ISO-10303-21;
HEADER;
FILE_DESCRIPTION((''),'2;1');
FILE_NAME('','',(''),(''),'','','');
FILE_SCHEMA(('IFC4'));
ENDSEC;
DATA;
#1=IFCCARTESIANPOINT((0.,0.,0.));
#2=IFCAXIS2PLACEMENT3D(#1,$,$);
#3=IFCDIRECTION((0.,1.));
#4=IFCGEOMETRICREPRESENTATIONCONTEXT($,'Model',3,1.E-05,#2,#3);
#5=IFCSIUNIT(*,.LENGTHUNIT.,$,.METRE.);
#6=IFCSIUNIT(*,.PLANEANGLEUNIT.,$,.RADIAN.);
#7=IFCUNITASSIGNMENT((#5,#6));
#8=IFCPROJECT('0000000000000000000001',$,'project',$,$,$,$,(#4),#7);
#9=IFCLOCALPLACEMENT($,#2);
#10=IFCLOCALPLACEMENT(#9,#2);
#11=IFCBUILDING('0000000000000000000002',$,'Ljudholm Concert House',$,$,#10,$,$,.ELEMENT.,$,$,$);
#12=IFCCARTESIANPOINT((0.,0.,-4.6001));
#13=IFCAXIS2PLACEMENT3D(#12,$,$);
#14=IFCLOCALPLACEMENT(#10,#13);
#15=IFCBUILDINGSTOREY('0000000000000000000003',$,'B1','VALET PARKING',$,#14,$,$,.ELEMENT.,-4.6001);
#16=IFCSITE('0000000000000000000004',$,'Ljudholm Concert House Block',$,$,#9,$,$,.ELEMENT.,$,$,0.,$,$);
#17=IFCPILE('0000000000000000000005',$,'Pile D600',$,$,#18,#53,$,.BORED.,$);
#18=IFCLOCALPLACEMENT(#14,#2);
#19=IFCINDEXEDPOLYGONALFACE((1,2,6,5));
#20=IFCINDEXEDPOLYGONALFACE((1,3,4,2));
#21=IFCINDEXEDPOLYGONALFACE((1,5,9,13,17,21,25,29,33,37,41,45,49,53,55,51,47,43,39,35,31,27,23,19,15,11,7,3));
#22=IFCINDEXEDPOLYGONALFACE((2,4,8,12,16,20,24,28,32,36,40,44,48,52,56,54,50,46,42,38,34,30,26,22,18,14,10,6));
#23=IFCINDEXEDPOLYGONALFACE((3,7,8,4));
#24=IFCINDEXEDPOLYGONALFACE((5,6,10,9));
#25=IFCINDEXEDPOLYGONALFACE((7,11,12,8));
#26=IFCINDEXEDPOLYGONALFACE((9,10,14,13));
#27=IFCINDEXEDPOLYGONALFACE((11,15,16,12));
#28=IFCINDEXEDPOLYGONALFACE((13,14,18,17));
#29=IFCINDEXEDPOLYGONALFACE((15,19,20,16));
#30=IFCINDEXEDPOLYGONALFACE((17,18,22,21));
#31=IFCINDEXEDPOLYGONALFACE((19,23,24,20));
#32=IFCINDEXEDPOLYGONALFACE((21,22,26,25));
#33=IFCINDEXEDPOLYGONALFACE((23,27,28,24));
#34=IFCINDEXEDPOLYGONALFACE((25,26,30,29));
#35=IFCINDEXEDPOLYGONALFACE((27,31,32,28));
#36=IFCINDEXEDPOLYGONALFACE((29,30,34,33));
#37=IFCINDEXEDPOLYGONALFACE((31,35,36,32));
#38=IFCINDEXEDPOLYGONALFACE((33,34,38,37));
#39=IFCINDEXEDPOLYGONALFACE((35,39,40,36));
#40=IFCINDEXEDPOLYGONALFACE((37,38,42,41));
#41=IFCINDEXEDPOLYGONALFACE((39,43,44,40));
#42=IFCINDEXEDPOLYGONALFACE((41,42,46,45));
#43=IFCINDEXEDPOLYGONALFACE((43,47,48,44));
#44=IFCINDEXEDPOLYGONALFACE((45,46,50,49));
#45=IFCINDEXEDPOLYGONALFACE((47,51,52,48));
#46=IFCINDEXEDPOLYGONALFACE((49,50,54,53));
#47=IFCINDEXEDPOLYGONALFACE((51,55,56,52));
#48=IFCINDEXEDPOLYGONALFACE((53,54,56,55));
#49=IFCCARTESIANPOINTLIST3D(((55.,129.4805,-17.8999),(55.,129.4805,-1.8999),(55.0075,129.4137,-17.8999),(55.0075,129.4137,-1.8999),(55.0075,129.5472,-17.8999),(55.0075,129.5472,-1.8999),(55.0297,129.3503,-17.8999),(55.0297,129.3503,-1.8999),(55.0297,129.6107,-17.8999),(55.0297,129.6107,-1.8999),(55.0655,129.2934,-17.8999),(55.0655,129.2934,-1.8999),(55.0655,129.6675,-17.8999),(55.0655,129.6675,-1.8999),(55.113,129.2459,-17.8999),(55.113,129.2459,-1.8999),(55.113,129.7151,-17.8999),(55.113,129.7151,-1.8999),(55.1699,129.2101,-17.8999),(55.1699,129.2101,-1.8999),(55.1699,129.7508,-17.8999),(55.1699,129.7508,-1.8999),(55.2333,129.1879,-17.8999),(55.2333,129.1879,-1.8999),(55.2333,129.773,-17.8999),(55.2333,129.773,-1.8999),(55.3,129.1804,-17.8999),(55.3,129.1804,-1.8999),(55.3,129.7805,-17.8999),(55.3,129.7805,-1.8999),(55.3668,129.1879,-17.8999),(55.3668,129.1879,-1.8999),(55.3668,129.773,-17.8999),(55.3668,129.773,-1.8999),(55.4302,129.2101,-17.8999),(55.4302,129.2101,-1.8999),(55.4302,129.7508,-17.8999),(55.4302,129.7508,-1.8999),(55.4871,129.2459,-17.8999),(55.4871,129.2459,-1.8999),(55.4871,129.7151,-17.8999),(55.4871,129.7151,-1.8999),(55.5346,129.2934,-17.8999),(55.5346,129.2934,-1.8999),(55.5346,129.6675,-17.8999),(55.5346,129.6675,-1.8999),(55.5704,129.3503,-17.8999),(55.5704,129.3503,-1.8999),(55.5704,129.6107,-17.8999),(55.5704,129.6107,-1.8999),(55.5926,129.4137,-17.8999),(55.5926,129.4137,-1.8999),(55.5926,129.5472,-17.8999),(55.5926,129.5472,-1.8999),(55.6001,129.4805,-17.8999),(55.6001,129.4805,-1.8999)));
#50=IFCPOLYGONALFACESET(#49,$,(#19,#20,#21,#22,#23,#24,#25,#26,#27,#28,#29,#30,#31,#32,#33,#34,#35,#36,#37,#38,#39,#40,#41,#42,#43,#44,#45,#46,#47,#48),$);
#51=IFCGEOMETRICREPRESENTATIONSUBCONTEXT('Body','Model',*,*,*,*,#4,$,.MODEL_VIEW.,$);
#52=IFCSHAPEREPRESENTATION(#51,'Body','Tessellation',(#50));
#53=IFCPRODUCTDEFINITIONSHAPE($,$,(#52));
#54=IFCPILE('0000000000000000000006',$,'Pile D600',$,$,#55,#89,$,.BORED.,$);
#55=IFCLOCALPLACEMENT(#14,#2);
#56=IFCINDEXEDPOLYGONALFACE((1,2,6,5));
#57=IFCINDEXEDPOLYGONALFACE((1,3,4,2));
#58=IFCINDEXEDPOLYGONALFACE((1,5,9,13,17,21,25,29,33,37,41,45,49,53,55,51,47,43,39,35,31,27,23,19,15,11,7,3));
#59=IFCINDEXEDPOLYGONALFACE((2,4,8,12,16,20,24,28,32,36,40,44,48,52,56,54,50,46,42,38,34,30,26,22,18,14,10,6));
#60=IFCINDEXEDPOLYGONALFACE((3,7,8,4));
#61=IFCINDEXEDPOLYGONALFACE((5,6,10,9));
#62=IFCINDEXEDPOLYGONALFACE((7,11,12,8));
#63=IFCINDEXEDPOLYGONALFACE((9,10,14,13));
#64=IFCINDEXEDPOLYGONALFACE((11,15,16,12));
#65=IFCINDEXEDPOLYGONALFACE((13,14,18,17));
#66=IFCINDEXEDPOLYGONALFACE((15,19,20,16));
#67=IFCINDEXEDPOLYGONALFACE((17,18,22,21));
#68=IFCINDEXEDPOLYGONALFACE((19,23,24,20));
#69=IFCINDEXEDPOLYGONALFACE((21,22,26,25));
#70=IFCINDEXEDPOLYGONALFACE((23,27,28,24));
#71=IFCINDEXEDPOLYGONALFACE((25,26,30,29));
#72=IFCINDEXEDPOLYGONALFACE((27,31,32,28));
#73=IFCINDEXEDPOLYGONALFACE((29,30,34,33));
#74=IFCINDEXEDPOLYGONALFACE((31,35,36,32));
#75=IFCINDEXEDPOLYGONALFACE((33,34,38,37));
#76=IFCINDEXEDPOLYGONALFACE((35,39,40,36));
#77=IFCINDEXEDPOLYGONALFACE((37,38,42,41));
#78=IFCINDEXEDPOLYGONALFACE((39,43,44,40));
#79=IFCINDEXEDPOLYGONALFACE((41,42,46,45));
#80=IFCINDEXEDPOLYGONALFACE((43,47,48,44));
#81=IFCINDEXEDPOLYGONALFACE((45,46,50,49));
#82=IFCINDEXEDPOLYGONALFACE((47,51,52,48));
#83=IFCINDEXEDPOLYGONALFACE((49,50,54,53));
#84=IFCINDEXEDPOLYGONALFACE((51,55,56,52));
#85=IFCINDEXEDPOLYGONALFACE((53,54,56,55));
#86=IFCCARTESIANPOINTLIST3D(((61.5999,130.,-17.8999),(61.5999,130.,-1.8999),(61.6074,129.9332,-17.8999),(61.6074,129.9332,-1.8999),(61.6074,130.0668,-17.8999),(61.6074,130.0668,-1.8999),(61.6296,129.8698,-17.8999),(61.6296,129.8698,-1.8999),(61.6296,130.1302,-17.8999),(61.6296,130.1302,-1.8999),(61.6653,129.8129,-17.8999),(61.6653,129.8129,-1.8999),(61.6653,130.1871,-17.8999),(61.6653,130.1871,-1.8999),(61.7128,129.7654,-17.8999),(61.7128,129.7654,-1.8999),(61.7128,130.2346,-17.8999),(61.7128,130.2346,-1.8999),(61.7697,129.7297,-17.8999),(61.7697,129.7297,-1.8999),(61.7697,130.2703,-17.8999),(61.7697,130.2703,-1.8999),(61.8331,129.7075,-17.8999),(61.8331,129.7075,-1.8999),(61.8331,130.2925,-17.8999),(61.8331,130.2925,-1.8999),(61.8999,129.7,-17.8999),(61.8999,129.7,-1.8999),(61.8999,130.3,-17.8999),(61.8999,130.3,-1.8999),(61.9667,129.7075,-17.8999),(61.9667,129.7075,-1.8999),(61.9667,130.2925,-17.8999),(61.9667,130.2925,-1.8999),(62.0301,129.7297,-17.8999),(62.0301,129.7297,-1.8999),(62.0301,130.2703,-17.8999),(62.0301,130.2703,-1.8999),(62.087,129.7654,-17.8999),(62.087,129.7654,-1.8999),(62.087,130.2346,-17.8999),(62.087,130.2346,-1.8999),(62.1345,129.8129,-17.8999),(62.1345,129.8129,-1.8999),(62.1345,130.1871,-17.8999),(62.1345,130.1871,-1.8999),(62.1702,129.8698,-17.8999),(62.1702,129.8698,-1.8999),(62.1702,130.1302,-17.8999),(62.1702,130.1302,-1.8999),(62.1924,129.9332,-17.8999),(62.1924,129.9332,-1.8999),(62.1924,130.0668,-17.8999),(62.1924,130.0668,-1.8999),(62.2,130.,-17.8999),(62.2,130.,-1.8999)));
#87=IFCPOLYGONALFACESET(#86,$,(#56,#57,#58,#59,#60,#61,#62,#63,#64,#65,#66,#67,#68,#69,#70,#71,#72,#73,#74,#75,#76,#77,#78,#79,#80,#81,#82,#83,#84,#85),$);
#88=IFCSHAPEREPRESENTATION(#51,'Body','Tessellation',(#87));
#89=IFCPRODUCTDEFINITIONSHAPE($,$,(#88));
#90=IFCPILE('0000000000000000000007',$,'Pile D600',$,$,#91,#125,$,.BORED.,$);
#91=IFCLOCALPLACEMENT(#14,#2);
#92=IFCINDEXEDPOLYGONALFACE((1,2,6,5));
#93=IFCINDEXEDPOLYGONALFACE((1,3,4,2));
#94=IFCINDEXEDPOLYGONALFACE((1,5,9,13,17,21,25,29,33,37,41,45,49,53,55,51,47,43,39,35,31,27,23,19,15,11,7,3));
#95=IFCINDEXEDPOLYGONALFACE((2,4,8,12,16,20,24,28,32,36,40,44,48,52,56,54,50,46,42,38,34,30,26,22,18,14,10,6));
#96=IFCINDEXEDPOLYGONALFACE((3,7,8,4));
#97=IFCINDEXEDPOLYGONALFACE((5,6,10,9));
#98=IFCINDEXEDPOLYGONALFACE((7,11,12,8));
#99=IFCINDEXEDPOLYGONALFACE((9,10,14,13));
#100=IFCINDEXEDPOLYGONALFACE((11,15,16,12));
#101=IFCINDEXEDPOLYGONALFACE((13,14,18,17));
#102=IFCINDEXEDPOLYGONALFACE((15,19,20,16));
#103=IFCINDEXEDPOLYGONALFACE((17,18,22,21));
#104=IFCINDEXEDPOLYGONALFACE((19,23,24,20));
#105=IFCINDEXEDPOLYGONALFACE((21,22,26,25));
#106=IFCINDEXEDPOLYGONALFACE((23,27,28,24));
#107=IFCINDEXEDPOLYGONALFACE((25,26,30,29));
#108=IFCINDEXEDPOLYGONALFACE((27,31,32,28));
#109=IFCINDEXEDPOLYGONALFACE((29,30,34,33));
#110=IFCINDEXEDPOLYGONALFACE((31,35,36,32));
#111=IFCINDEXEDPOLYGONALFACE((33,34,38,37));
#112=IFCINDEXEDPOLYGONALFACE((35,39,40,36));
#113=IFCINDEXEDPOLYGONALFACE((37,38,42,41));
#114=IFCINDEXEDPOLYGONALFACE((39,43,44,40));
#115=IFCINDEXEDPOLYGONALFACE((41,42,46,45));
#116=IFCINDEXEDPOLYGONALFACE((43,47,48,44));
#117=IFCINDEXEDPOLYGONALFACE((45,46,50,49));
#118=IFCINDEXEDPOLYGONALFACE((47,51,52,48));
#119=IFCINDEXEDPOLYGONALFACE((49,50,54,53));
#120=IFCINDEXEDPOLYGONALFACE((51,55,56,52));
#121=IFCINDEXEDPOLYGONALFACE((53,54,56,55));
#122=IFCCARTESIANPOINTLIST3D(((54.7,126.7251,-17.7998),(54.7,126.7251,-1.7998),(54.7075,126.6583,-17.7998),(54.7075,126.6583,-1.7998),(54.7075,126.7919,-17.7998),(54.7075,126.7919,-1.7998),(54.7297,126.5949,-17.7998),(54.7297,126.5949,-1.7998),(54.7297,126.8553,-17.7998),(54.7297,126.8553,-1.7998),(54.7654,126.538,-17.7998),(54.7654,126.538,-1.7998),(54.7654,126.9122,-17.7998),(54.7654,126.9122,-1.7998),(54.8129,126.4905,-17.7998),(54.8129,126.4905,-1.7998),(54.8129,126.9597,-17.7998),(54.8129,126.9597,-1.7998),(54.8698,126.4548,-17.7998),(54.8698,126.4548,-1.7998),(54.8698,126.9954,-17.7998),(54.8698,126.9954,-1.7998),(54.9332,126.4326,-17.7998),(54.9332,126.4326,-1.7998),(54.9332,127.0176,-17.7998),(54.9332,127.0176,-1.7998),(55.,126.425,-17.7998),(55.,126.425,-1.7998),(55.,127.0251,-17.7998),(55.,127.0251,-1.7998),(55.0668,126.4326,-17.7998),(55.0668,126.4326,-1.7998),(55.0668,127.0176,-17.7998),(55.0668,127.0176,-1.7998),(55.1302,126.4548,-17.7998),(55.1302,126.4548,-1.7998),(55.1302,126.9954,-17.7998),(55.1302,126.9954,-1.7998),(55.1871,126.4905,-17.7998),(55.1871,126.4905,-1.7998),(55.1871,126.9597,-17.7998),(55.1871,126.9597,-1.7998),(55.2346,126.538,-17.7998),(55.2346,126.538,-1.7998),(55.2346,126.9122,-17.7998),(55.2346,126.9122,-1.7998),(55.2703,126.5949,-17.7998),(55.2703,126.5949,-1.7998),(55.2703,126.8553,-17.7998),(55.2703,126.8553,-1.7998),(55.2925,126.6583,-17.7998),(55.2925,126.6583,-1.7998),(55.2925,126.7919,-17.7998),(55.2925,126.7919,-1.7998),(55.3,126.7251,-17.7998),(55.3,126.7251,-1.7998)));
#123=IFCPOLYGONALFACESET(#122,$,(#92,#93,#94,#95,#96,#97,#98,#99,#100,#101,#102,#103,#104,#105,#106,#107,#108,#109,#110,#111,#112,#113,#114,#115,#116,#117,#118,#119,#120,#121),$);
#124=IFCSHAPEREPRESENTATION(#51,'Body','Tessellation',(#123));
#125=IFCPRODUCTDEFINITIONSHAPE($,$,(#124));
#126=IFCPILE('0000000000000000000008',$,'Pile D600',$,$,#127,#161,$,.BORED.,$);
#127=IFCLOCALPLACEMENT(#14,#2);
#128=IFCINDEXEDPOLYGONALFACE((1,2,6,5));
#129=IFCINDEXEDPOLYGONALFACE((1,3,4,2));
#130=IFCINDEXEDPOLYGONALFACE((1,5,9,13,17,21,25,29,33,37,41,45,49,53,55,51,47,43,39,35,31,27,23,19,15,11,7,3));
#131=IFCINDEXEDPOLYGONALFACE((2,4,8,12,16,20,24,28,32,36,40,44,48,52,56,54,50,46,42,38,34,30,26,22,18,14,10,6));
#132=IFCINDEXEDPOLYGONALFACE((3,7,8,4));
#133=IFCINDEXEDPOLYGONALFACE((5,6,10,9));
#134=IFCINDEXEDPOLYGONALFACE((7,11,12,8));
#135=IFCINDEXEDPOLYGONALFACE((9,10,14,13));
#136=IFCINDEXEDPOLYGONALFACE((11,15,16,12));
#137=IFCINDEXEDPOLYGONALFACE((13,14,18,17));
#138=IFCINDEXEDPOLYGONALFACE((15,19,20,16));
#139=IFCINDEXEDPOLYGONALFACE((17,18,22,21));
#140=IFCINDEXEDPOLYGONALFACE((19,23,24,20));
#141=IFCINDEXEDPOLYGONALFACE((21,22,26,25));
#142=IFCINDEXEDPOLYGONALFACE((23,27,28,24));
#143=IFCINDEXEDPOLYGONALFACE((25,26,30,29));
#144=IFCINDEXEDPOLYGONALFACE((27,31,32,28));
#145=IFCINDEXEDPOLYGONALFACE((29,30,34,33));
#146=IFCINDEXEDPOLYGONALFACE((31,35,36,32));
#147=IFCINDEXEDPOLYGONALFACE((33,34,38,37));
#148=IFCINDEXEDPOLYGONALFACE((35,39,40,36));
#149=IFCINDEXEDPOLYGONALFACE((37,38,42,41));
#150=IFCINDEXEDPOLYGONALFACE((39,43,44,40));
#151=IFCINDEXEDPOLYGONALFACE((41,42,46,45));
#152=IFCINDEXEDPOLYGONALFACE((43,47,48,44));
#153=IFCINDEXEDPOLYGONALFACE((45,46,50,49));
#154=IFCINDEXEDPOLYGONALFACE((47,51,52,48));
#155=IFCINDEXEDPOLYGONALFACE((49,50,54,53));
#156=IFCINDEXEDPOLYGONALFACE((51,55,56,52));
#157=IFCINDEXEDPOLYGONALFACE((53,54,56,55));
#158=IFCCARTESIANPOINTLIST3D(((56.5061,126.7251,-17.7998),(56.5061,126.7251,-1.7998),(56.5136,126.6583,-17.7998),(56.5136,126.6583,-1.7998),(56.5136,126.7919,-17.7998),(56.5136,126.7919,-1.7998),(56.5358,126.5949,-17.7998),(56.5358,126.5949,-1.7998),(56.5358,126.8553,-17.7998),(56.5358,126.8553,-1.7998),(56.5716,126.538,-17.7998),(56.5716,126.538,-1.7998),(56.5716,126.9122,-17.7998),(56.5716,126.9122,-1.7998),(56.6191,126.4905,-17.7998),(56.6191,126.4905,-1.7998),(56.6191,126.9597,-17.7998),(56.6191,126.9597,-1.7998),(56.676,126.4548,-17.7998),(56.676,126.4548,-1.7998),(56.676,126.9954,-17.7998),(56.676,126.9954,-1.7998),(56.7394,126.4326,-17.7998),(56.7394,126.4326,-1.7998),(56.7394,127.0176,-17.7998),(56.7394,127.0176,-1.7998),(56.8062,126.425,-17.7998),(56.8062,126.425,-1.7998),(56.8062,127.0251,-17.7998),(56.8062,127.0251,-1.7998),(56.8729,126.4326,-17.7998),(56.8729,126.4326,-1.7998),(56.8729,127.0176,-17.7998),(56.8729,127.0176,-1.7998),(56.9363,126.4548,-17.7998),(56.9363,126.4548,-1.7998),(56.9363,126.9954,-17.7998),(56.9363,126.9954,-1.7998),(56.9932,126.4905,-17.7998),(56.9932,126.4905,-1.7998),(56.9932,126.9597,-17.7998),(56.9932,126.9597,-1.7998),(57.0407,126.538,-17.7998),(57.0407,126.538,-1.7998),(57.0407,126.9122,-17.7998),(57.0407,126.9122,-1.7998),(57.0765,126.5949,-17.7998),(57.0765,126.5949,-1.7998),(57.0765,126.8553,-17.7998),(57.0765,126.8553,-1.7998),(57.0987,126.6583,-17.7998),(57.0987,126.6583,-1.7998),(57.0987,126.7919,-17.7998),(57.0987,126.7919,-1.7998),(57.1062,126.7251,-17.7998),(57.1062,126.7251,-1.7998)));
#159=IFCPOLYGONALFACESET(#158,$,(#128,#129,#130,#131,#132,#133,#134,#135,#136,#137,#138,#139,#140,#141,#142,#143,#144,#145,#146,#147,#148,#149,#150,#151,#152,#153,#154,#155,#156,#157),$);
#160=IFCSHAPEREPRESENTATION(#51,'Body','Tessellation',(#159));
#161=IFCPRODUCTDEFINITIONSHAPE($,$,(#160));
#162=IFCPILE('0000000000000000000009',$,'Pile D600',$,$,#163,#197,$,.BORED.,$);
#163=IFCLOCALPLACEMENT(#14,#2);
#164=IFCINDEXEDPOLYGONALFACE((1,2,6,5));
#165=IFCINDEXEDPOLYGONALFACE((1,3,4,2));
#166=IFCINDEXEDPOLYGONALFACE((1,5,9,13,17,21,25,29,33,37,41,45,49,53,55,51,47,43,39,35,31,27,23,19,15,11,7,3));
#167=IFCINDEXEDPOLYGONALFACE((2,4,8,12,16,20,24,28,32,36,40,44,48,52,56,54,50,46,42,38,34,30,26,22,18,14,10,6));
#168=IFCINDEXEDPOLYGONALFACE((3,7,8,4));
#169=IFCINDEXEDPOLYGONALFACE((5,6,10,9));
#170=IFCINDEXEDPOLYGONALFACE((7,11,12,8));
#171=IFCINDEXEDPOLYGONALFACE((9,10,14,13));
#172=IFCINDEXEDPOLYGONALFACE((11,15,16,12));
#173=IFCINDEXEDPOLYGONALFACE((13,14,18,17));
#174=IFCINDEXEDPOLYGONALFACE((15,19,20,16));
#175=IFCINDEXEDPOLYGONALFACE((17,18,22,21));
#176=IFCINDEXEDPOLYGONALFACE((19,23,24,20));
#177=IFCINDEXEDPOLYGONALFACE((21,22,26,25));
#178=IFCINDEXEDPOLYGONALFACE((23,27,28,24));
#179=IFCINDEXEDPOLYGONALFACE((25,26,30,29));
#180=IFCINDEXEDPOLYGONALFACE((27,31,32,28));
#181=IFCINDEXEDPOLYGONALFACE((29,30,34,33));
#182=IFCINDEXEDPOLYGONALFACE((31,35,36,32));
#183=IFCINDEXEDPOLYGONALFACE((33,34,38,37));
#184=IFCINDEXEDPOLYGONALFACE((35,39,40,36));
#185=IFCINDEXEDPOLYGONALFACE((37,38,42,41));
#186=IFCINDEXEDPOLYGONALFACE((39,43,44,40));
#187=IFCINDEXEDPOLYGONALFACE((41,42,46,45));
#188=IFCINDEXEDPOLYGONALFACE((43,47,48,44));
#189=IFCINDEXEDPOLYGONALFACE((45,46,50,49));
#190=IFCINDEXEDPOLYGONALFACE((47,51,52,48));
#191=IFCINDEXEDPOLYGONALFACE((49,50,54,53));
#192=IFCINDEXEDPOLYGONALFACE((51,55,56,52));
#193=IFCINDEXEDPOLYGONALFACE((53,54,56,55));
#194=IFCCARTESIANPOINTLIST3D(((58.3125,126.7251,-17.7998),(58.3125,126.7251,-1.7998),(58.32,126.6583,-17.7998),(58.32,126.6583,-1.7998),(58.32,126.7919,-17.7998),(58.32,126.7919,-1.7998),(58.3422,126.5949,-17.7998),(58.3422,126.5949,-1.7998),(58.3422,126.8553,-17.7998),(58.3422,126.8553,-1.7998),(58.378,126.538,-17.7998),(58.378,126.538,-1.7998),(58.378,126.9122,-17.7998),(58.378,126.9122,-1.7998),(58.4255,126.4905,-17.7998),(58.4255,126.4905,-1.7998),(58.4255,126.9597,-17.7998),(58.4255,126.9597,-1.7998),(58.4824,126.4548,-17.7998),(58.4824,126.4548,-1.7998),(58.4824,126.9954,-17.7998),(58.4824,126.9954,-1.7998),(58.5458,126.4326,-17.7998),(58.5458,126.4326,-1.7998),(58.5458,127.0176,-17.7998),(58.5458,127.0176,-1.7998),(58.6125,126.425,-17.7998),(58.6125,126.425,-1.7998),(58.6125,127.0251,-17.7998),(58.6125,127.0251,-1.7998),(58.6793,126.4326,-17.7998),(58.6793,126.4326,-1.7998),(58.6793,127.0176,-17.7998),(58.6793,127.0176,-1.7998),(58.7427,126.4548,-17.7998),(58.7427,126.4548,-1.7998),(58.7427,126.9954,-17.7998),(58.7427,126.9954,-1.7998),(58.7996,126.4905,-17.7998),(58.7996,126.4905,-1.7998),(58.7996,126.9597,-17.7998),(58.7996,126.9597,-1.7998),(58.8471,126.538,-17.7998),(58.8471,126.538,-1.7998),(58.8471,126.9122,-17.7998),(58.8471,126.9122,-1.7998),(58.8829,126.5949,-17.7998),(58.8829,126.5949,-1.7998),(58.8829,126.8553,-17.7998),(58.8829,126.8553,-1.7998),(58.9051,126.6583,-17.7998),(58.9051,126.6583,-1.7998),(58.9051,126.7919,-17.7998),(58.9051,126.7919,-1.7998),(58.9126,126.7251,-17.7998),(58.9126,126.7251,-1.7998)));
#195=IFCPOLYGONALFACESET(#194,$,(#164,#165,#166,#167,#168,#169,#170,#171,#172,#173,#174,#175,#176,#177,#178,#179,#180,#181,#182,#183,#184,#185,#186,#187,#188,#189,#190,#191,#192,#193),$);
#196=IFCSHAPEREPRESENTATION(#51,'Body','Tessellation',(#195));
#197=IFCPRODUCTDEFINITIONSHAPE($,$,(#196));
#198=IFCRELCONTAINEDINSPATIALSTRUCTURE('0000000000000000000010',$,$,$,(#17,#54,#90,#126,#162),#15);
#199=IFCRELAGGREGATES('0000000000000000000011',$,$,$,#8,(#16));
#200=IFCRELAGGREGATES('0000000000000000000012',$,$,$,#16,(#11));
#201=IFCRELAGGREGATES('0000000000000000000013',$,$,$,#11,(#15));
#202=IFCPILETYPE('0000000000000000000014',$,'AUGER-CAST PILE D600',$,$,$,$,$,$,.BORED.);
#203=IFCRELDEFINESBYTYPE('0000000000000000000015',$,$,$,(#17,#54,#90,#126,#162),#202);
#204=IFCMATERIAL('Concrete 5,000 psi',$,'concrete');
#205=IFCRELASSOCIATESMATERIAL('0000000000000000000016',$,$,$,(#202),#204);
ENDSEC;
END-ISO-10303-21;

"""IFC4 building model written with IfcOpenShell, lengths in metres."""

from ifc_helpers import new_model, si_unit, direction, frame, origin, origin_2d, place, context, subcontext, project, spatial, circle, extrude, material, material_profile, profile_set, type_object, element, save


model = new_model("IFC4")

# Units and contexts
model_context = context("Model", 3, precision=1e-05, world=origin(), true_north=direction((0.0, 1.0)))
body_context = subcontext(model_context, "Body", "Model", "MODEL_VIEW")
ifc_project = project(units=[si_unit("LENGTHUNIT", "METRE"), si_unit("PLANEANGLEUNIT", "RADIAN")], contexts=[model_context])

# Site, building, storey
site_placement = place(None, origin())
site = spatial("IfcSite", under=ifc_project, at=site_placement, Name="Ljudholm Concert House Block", CompositionType="ELEMENT", RefElevation=0.0)
building_placement = place(site_placement, origin())
building = spatial("IfcBuilding", under=site, at=building_placement, Name="Ljudholm Concert House", CompositionType="ELEMENT")
storey_placement = place(building_placement, frame((0.0, 0.0, -4.6001)))
storey = spatial("IfcBuildingStorey", under=building, at=storey_placement, Name="B1", Description="VALET PARKING", CompositionType="ELEMENT", Elevation=-4.6001)

# Piles
ifc_material_1 = material(Name="Concrete 5,000 psi", Category="concrete")
ifc_material_profile_1 = material_profile(ifc_material_1, circle(Radius=0.3, at=origin_2d()), Name="AUGER-CAST PILE D600")
ifc_profile_set_1 = profile_set([ifc_material_profile_1], Name="Concrete 5,000 psi")
pile_type = type_object("IfcPileType", Name="AUGER-CAST PILE D600", PredefinedType="BORED", material=ifc_profile_set_1)
for number, where, z_axis, x_axis, name in (
    (1, (55.3, 129.4805, -1.8999), (0.0, 0.0, -1.0), (1.0, 0.0, 0.0), "Pile D600"),
    (2, (61.8999, 130.0, -1.8999), (0.0, 0.0, -1.0), (1.0, 0.0, 0.0), "Pile D600"),
    (3, (55.0, 126.7251, -1.7998), (0.0, 0.0, -1.0), (1.0, 0.0, 0.0), "Pile D600"),
    (4, (56.8062, 126.7251, -1.7998), (0.0, 0.0, -1.0), (1.0, 0.0, 0.0), "Pile D600"),
    (5, (58.6125, 126.7251, -1.7998), (0.0, 0.0, -1.0), (1.0, 0.0, 0.0), "Pile D600"),
):
    element("IfcPile", number, at=place(storey_placement, frame(where, z_axis=z_axis, x_axis=x_axis)), inside=storey, type_object=pile_type, Name=name, PredefinedType="BORED", context=body_context, shape_type="SweptSolid", body=[
        extrude(circle(Radius=0.3, at=origin_2d()), origin(), (0.0, 0.0, 1.0), 16.0),
    ])

save(model, "model.ifc")
